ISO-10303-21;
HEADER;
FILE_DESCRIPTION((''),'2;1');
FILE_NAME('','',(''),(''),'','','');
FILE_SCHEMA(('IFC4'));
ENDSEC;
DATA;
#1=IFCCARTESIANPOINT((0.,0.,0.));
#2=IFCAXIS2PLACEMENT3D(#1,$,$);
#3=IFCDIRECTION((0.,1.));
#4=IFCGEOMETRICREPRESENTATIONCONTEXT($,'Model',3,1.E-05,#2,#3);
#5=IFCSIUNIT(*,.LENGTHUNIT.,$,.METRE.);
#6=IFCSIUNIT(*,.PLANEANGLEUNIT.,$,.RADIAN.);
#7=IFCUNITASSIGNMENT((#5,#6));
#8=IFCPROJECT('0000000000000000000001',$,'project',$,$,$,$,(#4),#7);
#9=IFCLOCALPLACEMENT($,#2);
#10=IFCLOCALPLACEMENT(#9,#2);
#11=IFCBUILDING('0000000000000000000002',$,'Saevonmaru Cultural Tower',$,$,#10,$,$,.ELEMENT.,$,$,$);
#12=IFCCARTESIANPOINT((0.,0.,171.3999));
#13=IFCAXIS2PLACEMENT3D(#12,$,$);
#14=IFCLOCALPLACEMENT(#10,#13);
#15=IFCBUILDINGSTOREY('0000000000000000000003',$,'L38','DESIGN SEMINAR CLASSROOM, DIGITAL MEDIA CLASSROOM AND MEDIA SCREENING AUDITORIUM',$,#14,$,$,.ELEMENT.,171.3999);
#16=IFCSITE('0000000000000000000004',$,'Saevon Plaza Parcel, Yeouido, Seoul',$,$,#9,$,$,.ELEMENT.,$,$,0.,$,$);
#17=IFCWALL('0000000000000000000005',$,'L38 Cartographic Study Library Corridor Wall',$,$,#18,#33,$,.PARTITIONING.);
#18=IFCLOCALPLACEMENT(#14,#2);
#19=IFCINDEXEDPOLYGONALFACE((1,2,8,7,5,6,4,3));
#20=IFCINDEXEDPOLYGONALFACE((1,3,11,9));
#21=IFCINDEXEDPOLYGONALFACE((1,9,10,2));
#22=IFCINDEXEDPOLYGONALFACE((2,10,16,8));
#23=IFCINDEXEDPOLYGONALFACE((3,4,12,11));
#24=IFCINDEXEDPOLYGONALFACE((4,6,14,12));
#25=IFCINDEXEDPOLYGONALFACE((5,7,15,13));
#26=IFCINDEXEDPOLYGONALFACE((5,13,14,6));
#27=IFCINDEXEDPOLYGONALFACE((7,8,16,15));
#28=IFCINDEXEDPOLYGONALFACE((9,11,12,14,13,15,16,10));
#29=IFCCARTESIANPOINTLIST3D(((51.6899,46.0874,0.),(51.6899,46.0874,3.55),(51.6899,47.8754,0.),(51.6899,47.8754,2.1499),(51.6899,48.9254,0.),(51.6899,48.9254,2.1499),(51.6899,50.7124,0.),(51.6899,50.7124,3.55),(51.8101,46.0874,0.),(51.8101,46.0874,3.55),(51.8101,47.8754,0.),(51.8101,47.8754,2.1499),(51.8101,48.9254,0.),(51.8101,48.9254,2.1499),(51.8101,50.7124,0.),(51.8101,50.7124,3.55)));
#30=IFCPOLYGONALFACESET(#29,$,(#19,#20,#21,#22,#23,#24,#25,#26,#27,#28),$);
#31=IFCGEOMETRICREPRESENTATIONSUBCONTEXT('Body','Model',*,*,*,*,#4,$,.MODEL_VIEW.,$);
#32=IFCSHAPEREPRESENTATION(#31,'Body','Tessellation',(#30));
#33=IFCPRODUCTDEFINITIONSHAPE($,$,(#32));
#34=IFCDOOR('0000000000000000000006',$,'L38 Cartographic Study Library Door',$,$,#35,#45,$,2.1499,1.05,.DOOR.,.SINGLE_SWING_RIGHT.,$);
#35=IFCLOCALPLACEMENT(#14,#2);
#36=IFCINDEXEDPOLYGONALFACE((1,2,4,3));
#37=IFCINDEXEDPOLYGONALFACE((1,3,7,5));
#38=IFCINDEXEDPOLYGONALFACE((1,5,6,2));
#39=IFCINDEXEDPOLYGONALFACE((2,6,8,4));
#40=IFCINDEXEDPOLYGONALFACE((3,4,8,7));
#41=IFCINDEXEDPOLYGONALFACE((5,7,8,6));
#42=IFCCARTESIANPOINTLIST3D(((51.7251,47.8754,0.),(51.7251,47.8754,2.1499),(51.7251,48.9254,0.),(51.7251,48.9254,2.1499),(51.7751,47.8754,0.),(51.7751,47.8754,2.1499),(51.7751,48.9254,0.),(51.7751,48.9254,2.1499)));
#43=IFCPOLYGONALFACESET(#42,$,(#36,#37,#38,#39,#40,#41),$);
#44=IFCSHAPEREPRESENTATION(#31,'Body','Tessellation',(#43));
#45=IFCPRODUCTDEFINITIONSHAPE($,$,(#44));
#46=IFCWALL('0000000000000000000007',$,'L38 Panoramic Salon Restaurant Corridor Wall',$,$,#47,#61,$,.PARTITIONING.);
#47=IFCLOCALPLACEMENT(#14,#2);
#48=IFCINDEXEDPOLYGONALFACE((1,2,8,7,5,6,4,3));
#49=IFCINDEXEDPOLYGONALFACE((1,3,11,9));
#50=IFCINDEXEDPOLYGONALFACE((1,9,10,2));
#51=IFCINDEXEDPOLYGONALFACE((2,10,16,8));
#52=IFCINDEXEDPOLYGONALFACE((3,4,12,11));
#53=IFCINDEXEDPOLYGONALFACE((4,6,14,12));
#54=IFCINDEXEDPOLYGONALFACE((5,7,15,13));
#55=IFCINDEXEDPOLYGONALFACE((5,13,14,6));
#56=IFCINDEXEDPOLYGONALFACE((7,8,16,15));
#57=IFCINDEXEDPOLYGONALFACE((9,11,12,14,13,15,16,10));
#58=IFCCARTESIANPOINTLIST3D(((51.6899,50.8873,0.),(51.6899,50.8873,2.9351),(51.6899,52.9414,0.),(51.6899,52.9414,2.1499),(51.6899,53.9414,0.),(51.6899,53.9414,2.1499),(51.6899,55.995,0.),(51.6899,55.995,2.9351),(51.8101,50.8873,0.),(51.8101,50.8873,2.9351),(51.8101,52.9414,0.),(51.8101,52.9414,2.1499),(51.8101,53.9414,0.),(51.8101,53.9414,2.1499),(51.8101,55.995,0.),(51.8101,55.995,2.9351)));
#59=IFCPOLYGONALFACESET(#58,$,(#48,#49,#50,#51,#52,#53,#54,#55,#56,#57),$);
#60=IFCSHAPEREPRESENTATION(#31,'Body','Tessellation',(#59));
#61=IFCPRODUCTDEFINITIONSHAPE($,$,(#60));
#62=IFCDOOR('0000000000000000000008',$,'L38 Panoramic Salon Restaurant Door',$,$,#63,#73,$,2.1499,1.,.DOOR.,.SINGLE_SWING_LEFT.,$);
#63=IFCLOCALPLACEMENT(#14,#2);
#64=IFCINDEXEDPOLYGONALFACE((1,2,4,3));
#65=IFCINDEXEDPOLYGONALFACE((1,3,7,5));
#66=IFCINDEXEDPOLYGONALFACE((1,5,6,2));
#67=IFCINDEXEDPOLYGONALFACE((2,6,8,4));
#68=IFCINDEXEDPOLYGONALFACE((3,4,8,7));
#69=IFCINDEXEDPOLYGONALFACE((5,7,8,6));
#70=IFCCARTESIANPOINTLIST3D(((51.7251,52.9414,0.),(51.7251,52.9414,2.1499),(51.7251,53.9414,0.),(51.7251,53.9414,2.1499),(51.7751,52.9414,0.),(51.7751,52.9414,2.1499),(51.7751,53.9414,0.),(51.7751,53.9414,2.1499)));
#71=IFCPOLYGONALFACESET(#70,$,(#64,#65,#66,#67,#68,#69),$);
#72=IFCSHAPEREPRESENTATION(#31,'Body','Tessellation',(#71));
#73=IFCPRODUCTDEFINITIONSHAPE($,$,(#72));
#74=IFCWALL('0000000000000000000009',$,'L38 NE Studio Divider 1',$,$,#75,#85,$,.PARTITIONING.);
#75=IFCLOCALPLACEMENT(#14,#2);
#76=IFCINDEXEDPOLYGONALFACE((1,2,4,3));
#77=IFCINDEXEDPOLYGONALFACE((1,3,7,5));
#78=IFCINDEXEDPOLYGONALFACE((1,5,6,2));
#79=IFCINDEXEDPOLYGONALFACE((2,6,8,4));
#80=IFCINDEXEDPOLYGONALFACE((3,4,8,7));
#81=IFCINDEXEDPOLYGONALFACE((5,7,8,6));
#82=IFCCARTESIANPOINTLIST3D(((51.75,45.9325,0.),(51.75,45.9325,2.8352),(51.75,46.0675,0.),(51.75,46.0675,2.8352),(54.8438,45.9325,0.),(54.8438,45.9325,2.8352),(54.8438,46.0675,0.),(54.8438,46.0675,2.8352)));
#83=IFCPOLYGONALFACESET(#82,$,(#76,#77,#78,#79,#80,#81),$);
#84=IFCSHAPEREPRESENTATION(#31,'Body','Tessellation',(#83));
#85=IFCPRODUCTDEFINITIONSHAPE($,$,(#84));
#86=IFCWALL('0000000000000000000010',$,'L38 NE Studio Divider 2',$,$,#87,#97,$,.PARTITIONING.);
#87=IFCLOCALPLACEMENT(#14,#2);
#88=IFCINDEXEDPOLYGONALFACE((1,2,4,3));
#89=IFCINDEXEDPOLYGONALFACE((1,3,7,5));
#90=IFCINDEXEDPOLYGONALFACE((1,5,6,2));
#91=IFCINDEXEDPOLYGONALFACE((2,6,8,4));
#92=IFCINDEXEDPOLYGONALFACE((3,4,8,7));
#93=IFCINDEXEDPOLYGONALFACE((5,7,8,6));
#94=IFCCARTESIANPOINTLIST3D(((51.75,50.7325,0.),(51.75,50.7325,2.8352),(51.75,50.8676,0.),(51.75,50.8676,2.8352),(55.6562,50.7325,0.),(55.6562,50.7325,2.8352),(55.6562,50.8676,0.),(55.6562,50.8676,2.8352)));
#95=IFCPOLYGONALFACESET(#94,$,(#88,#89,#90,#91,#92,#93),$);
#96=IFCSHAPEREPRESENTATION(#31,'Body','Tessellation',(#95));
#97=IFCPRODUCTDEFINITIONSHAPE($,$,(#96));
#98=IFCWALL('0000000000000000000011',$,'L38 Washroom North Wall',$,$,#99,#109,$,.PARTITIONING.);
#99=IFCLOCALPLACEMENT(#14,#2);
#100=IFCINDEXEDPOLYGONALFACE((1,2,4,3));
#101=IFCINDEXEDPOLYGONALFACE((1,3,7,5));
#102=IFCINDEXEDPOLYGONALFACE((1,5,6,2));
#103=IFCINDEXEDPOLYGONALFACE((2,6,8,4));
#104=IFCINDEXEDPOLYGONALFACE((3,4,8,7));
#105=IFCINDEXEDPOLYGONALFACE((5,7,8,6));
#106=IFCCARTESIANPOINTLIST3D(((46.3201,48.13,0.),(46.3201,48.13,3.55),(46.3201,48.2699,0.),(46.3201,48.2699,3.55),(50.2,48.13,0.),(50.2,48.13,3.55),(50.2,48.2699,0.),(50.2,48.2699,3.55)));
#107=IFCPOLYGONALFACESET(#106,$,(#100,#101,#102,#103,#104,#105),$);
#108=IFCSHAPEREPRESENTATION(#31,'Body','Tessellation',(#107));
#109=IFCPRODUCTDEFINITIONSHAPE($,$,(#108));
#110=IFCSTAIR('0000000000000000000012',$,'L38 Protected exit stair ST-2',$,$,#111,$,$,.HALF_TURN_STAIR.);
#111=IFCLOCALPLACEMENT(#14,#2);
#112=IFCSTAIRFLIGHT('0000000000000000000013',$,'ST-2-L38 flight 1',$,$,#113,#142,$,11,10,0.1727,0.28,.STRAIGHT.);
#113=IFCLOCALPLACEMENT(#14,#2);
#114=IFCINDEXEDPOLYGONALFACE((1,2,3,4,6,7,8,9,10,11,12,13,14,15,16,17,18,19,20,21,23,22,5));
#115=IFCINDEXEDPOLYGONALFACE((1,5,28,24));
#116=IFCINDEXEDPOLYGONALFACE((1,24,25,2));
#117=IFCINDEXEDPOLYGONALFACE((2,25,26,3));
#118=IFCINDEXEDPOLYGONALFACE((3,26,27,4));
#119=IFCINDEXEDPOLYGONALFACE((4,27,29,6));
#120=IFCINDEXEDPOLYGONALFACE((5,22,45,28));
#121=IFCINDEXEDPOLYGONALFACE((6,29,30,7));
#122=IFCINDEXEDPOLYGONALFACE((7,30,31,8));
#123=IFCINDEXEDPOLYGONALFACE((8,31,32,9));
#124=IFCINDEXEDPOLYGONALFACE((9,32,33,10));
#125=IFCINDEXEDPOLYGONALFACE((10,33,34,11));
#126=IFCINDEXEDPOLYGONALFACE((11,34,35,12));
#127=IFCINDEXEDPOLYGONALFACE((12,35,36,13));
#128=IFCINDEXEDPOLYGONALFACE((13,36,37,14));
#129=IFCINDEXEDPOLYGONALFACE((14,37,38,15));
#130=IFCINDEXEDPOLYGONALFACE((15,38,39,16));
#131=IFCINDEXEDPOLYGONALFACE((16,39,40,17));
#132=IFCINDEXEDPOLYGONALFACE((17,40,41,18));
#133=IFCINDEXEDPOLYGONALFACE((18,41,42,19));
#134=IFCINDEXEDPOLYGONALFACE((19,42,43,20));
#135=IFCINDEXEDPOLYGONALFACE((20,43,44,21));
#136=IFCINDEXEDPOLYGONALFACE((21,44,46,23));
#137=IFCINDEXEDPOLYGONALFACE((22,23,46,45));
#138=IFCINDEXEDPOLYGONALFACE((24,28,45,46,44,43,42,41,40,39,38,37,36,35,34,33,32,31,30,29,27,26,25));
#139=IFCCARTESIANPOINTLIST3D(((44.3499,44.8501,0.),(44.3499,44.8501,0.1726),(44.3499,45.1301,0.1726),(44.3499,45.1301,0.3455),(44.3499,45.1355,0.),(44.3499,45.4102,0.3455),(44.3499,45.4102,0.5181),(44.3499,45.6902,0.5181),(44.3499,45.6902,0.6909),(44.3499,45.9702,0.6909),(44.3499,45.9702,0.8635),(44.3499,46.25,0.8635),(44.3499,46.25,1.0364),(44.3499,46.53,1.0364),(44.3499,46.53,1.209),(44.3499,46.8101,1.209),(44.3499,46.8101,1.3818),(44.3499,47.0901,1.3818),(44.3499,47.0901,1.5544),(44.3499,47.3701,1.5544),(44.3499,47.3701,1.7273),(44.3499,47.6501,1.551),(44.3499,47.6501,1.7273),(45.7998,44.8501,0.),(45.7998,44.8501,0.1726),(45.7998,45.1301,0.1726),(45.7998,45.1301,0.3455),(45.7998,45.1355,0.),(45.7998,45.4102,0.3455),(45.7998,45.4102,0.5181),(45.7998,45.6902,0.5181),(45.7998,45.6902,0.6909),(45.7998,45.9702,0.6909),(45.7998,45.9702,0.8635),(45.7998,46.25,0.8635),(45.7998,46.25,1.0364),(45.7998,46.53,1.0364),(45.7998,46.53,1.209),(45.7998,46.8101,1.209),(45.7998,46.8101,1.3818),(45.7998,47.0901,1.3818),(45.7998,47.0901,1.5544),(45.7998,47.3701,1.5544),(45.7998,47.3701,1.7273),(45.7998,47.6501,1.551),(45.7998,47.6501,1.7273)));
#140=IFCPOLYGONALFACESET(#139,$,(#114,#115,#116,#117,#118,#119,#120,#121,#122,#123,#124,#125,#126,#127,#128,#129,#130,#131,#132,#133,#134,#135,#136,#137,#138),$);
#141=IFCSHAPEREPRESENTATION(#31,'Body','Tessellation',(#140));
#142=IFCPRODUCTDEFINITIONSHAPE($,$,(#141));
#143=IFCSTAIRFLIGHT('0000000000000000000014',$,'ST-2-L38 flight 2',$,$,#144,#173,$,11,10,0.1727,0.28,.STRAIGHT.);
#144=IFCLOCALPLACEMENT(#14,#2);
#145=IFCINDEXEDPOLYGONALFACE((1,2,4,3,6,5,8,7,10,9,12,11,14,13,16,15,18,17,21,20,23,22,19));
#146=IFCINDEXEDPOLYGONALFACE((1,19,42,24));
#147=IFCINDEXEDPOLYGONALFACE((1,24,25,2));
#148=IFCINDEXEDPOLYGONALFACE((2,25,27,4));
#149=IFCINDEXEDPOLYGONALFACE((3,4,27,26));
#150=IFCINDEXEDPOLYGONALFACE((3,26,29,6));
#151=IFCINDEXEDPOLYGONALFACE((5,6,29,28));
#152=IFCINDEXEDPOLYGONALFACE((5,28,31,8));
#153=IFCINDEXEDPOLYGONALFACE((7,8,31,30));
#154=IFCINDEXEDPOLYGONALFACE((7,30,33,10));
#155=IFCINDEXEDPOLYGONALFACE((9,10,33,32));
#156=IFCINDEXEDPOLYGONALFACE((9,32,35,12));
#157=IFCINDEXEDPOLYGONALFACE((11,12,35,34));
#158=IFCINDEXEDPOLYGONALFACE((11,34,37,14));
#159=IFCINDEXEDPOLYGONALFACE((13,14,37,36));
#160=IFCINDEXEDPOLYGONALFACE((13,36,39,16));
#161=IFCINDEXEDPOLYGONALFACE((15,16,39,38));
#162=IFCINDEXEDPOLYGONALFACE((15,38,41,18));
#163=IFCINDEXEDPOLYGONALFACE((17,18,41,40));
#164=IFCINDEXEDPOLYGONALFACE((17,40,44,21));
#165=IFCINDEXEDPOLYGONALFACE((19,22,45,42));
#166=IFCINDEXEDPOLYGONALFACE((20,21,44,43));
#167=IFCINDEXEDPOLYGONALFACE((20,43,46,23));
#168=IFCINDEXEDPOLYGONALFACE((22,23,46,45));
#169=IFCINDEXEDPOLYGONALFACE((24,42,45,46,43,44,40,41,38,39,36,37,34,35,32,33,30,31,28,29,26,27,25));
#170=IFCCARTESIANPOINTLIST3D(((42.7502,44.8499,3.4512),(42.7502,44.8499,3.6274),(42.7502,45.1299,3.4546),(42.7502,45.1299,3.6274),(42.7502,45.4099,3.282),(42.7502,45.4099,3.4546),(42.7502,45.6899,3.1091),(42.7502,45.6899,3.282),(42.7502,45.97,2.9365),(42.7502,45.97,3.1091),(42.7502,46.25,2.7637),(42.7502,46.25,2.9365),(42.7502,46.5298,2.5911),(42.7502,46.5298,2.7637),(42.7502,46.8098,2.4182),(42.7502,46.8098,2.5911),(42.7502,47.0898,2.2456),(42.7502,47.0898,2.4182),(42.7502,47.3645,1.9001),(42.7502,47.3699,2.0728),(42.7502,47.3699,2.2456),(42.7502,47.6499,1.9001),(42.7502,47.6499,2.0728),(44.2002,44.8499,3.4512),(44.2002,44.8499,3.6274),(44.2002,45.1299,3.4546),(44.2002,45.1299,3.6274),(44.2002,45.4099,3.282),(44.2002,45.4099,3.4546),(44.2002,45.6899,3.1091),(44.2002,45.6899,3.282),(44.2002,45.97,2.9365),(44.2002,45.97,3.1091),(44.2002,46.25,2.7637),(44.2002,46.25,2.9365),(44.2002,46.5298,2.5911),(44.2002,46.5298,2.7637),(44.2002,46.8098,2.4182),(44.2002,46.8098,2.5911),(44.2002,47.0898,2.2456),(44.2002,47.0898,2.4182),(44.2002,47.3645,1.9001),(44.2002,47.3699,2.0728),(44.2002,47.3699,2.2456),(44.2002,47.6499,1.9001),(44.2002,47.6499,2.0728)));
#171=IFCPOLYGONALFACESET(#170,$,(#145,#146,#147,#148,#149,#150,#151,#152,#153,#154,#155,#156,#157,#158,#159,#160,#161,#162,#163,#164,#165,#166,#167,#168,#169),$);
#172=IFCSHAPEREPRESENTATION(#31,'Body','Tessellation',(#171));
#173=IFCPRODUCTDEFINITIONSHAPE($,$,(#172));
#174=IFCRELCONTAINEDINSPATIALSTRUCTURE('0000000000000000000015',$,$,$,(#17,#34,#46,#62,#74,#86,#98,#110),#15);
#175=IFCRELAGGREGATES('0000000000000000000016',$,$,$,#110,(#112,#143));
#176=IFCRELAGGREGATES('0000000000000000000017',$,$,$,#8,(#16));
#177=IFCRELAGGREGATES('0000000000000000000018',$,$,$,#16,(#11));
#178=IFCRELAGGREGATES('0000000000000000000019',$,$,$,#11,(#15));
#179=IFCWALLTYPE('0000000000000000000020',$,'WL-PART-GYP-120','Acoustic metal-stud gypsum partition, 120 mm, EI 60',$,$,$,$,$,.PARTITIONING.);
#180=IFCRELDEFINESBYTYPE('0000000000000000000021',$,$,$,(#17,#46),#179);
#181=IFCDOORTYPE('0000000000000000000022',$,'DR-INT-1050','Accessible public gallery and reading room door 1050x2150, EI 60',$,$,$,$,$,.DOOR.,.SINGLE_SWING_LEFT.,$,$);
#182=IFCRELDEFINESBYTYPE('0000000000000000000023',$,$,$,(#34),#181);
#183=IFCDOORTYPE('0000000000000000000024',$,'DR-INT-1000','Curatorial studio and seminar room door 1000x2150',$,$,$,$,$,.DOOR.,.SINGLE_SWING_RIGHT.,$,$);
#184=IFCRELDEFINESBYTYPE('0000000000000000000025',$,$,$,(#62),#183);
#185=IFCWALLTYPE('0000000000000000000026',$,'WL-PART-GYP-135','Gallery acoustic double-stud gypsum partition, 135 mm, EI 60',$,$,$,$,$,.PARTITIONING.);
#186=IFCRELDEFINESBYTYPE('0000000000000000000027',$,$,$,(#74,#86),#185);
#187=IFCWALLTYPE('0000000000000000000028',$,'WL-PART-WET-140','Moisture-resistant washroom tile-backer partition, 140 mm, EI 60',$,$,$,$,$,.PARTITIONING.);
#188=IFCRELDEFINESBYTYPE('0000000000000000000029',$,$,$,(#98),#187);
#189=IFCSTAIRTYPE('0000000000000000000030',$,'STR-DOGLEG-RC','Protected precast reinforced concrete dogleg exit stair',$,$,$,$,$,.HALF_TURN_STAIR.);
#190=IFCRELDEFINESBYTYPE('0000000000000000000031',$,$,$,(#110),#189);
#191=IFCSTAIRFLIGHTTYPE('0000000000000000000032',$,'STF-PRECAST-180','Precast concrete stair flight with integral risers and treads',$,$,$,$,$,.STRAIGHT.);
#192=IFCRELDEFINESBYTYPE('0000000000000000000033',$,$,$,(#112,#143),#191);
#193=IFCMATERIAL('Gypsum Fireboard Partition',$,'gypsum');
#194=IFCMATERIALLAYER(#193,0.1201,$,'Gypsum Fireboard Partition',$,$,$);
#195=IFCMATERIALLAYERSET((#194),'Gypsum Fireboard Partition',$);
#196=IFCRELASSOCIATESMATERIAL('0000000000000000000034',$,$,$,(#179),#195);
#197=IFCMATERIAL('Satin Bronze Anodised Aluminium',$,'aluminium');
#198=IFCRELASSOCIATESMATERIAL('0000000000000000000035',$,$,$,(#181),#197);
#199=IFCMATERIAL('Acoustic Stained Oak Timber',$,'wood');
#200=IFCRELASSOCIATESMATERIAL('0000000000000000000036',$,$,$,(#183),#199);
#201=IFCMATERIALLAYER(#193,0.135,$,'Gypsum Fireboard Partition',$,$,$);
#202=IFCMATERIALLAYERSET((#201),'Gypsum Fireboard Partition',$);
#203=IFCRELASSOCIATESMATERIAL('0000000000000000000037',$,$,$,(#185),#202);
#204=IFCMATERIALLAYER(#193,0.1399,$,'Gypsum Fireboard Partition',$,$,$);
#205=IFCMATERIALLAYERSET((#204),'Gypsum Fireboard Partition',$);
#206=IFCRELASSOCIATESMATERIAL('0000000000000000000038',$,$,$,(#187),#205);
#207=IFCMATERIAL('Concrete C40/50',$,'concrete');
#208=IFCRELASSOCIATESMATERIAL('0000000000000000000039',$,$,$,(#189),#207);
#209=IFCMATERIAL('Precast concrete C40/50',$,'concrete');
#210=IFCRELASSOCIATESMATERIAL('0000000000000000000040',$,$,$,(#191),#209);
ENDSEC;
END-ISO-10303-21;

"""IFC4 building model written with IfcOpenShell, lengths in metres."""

from ifc_helpers import new_model, si_unit, direction, frame, frame_2d, origin, place, context, subcontext, project, spatial, polyline, rectangle, outline, extrude, material, layer, layer_set, type_object, element, fill, aggregate, save


model = new_model("IFC4")

# Units and contexts
model_context = context("Model", 3, precision=1e-05, world=origin(), true_north=direction((0.0, 1.0)))
body_context = subcontext(model_context, "Body", "Model", "MODEL_VIEW")
ifc_project = project(units=[si_unit("LENGTHUNIT", "METRE"), si_unit("PLANEANGLEUNIT", "RADIAN")], contexts=[model_context])

# Site, building, storey
site_placement = place(None, origin())
site = spatial("IfcSite", under=ifc_project, at=site_placement, Name="Saevon Plaza Parcel, Yeouido, Seoul", CompositionType="ELEMENT", RefElevation=0.0)
building_placement = place(site_placement, origin())
building = spatial("IfcBuilding", under=site, at=building_placement, Name="Saevonmaru Cultural Tower", CompositionType="ELEMENT")
storey_placement = place(building_placement, frame((0.0, 0.0, 171.3999)))
storey = spatial("IfcBuildingStorey", under=building, at=storey_placement, Name="L38", Description="DESIGN SEMINAR CLASSROOM, DIGITAL MEDIA CLASSROOM AND MEDIA SCREENING AUDITORIUM", CompositionType="ELEMENT", Elevation=171.3999)

# Shared definitions
ifc_material_1 = material(Name="Satin Bronze Anodised Aluminium", Category="aluminium")

# Shared definitions
ifc_material_2 = material(Name="Gypsum Fireboard Partition", Category="gypsum")
ifc_layer_1 = layer(ifc_material_2, 0.1201, Name="Gypsum Fireboard Partition")
ifc_layer_set_1 = layer_set([ifc_layer_1], Name="Gypsum Fireboard Partition")
wall_type_1 = type_object("IfcWallType", Name="WL-PART-GYP-120", Description="Acoustic metal-stud gypsum partition, 120 mm, EI 60", PredefinedType="PARTITIONING", material=ifc_layer_set_1)

# Walls, openings, doors
ifc_material_3 = material(Name="Acoustic Stained Oak Timber", Category="wood")
wall_1_placement = place(storey_placement, frame((51.75, 46.0874, 0.0), z_axis=(0.0, 0.0, 1.0), x_axis=(0.0, 1.0, 0.0)))
wall_1 = element("IfcWall", 1, at=wall_1_placement, inside=storey, type_object=wall_type_1, Name="L38 Cartographic Study Library Corridor Wall", PredefinedType="PARTITIONING", context=body_context, shape_type="SweptSolid", body=[
    extrude(rectangle(XDim=4.625, YDim=0.1201, at=frame_2d((2.3125, 0.0))), origin(), (0.0, 0.0, 1.0), 3.55),
])
opening_1_placement = place(wall_1_placement, frame((1.7881, 0.0, 0.0)))
opening_1 = element("IfcOpeningElement", 2, at=opening_1_placement, cuts=wall_1, PredefinedType="OPENING", context=body_context, shape_type="SweptSolid", body=[
    extrude(rectangle(XDim=1.05, YDim=2.1499, at=frame_2d((0.5249, 1.075))), frame((0.0, 0.0701, 0.0), z_axis=(0.0, -1.0, 0.0), x_axis=(1.0, 0.0, 0.0)), (0.0, 0.0, 1.0), 0.1401),
])
door_type_1 = type_object("IfcDoorType", Name="DR-INT-1050", Description="Accessible public gallery and reading room door 1050x2150, EI 60", OperationType="SINGLE_SWING_LEFT", PredefinedType="DOOR", material=ifc_material_1)
door_1_placement = place(opening_1_placement, origin())
door_1 = element("IfcDoor", 3, at=door_1_placement, inside=storey, type_object=door_type_1, Name="L38 Cartographic Study Library Door", OperationType="SINGLE_SWING_RIGHT", OverallHeight=2.1499, OverallWidth=1.05, PredefinedType="DOOR", context=body_context, shape_type="SweptSolid", body=[
    extrude(rectangle(XDim=1.05, YDim=2.1499, at=frame_2d((0.5249, 1.075))), frame((0.0, 0.0249, 0.0), z_axis=(0.0, -1.0, 0.0), x_axis=(1.0, 0.0, 0.0)), (0.0, 0.0, 1.0), 0.05),
])
fill(opening_1, door_1)
wall_2_placement = place(storey_placement, frame((51.75, 50.8875, 0.0), z_axis=(0.0, 0.0, 1.0), x_axis=(0.0, 1.0, 0.0)))
wall_2 = element("IfcWall", 4, at=wall_2_placement, inside=storey, type_object=wall_type_1, Name="L38 Panoramic Salon Restaurant Corridor Wall", PredefinedType="PARTITIONING", context=body_context, shape_type="SweptSolid", body=[
    extrude(rectangle(XDim=5.1077, YDim=0.1201, at=frame_2d((2.5537, 0.0))), origin(), (0.0, 0.0, 1.0), 2.9351),
])
opening_2_placement = place(wall_2_placement, frame((2.054, 0.0, 0.0)))
opening_2 = element("IfcOpeningElement", 5, at=opening_2_placement, cuts=wall_2, PredefinedType="OPENING", context=body_context, shape_type="SweptSolid", body=[
    extrude(rectangle(XDim=1.0, YDim=2.1499, at=frame_2d((0.5, 1.075))), frame((0.0, 0.0701, 0.0), z_axis=(0.0, -1.0, 0.0), x_axis=(1.0, 0.0, 0.0)), (0.0, 0.0, 1.0), 0.1401),
])
door_type_2 = type_object("IfcDoorType", Name="DR-INT-1000", Description="Curatorial studio and seminar room door 1000x2150", OperationType="SINGLE_SWING_RIGHT", PredefinedType="DOOR", material=ifc_material_3)
door_2_placement = place(opening_2_placement, origin())
door_2 = element("IfcDoor", 6, at=door_2_placement, inside=storey, type_object=door_type_2, Name="L38 Panoramic Salon Restaurant Door", OperationType="SINGLE_SWING_LEFT", OverallHeight=2.1499, OverallWidth=1.0, PredefinedType="DOOR", context=body_context, shape_type="SweptSolid", body=[
    extrude(rectangle(XDim=1.0, YDim=2.1499, at=frame_2d((0.5, 1.075))), frame((0.0, 0.0249, 0.0), z_axis=(0.0, -1.0, 0.0), x_axis=(1.0, 0.0, 0.0)), (0.0, 0.0, 1.0), 0.05),
])
fill(opening_2, door_2)

# Walls
ifc_layer_2 = layer(ifc_material_2, 0.135, Name="Gypsum Fireboard Partition")
ifc_layer_set_2 = layer_set([ifc_layer_2], Name="Gypsum Fireboard Partition")
wall_type_2 = type_object("IfcWallType", Name="WL-PART-GYP-135", Description="Gallery acoustic double-stud gypsum partition, 135 mm, EI 60", PredefinedType="PARTITIONING", material=ifc_layer_set_2)
wall_3_placement = place(storey_placement, frame((51.75, 46.0, 0.0), z_axis=(0.0, 0.0, 1.0), x_axis=(1.0, 0.0, 0.0)))
element("IfcWall", 7, at=wall_3_placement, inside=storey, type_object=wall_type_2, Name="L38 NE Studio Divider 1", PredefinedType="PARTITIONING", context=body_context, shape_type="SweptSolid", body=[
    extrude(rectangle(XDim=3.0938, YDim=0.135, at=frame_2d((1.5469, 0.0))), origin(), (0.0, 0.0, 1.0), 2.8352),
])
wall_4_placement = place(storey_placement, frame((51.75, 50.8, 0.0), z_axis=(0.0, 0.0, 1.0), x_axis=(1.0, 0.0, 0.0)))
element("IfcWall", 8, at=wall_4_placement, inside=storey, type_object=wall_type_2, Name="L38 NE Studio Divider 2", PredefinedType="PARTITIONING", context=body_context, shape_type="SweptSolid", body=[
    extrude(rectangle(XDim=3.9062, YDim=0.135, at=frame_2d((1.9531, 0.0))), origin(), (0.0, 0.0, 1.0), 2.8352),
])
ifc_layer_3 = layer(ifc_material_2, 0.1399, Name="Gypsum Fireboard Partition")
ifc_layer_set_3 = layer_set([ifc_layer_3], Name="Gypsum Fireboard Partition")
wall_type_3 = type_object("IfcWallType", Name="WL-PART-WET-140", Description="Moisture-resistant washroom tile-backer partition, 140 mm, EI 60", PredefinedType="PARTITIONING", material=ifc_layer_set_3)
wall_5_placement = place(storey_placement, frame((46.3201, 48.2, 0.0), z_axis=(0.0, 0.0, 1.0), x_axis=(1.0, 0.0, 0.0)))
element("IfcWall", 9, at=wall_5_placement, inside=storey, type_object=wall_type_3, Name="L38 Washroom North Wall", PredefinedType="PARTITIONING", context=body_context, shape_type="SweptSolid", body=[
    extrude(rectangle(XDim=3.8799, YDim=0.1399, at=frame_2d((1.9399, 0.0))), origin(), (0.0, 0.0, 1.0), 3.55),
])

# Stair, stair flights
ifc_material_4 = material(Name="Concrete C40/50", Category="concrete")
stair_type = type_object("IfcStairType", Name="STR-DOGLEG-RC", Description="Protected precast reinforced concrete dogleg exit stair", PredefinedType="HALF_TURN_STAIR", material=ifc_material_4)
stair_placement = place(storey_placement, origin())
stair = element("IfcStair", 10, at=stair_placement, inside=storey, type_object=stair_type, Name="L38 Protected exit stair ST-2", PredefinedType="HALF_TURN_STAIR")
ifc_material_5 = material(Name="Precast concrete C40/50", Category="concrete")
stair_flight_type = type_object("IfcStairFlightType", Name="STF-PRECAST-180", Description="Precast concrete stair flight with integral risers and treads", PredefinedType="STRAIGHT", material=ifc_material_5)
stair_flight_1_placement = place(storey_placement, frame((45.075, 44.8501, 0.0), z_axis=(0.0, 0.0, 1.0), x_axis=(0.0, 1.0, 0.0)))
stair_flight_1 = element("IfcStairFlight", 11, at=stair_flight_1_placement, type_object=stair_flight_type, Name="ST-2-L38 flight 1", NumberOfRisers=11, NumberOfTreads=10, PredefinedType="STRAIGHT", RiserHeight=0.1727, TreadLength=0.28, context=body_context, shape_type="SweptSolid", body=[
    extrude(outline(polyline([(0.0, 0.0), (0.0, 0.1726), (0.28, 0.1726), (0.28, 0.3455), (0.5601, 0.3455), (0.5601, 0.5181), (0.8401, 0.5181), (0.8401, 0.6909), (1.1201, 0.6909), (1.1201, 0.8635), (1.3999, 0.8635), (1.3999, 1.0364), (1.6799, 1.0364), (1.6799, 1.209), (1.96, 1.209), (1.96, 1.3818), (2.24, 1.3818), (2.24, 1.5544), (2.52, 1.5544), (2.52, 1.7273), (2.8, 1.7273), (2.8, 1.8999), (2.8, 1.551), (0.2854, 0.0), (0.0, 0.0)])), frame((0.0, 0.7251, 0.0), z_axis=(0.0, -1.0, 0.0), x_axis=(1.0, 0.0, 0.0)), (0.0, 0.0, 1.0), 1.45),
])
stair_flight_2_placement = place(storey_placement, frame((43.4751, 47.6499, 1.9001), z_axis=(0.0, 0.0, 1.0), x_axis=(0.0, -1.0, 0.0)))
stair_flight_2 = element("IfcStairFlight", 12, at=stair_flight_2_placement, type_object=stair_flight_type, Name="ST-2-L38 flight 2", NumberOfRisers=11, NumberOfTreads=10, PredefinedType="STRAIGHT", RiserHeight=0.1727, TreadLength=0.28, context=body_context, shape_type="SweptSolid", body=[
    extrude(outline(polyline([(0.0, 0.0), (0.0, 0.1726), (0.28, 0.1726), (0.28, 0.3455), (0.5601, 0.3455), (0.5601, 0.5181), (0.8401, 0.5181), (0.8401, 0.6909), (1.1201, 0.6909), (1.1201, 0.8635), (1.3999, 0.8635), (1.3999, 1.0364), (1.6799, 1.0364), (1.6799, 1.209), (1.96, 1.209), (1.96, 1.3818), (2.24, 1.3818), (2.24, 1.5544), (2.52, 1.5544), (2.52, 1.7273), (2.8, 1.7273), (2.8, 1.8999), (2.8, 1.551), (0.2854, 0.0), (0.0, 0.0)])), frame((0.0, 0.7251, 0.0), z_axis=(0.0, -1.0, 0.0), x_axis=(1.0, 0.0, 0.0)), (0.0, 0.0, 1.0), 1.45),
])
aggregate(stair, [stair_flight_1, stair_flight_2])

save(model, "model.ifc")
